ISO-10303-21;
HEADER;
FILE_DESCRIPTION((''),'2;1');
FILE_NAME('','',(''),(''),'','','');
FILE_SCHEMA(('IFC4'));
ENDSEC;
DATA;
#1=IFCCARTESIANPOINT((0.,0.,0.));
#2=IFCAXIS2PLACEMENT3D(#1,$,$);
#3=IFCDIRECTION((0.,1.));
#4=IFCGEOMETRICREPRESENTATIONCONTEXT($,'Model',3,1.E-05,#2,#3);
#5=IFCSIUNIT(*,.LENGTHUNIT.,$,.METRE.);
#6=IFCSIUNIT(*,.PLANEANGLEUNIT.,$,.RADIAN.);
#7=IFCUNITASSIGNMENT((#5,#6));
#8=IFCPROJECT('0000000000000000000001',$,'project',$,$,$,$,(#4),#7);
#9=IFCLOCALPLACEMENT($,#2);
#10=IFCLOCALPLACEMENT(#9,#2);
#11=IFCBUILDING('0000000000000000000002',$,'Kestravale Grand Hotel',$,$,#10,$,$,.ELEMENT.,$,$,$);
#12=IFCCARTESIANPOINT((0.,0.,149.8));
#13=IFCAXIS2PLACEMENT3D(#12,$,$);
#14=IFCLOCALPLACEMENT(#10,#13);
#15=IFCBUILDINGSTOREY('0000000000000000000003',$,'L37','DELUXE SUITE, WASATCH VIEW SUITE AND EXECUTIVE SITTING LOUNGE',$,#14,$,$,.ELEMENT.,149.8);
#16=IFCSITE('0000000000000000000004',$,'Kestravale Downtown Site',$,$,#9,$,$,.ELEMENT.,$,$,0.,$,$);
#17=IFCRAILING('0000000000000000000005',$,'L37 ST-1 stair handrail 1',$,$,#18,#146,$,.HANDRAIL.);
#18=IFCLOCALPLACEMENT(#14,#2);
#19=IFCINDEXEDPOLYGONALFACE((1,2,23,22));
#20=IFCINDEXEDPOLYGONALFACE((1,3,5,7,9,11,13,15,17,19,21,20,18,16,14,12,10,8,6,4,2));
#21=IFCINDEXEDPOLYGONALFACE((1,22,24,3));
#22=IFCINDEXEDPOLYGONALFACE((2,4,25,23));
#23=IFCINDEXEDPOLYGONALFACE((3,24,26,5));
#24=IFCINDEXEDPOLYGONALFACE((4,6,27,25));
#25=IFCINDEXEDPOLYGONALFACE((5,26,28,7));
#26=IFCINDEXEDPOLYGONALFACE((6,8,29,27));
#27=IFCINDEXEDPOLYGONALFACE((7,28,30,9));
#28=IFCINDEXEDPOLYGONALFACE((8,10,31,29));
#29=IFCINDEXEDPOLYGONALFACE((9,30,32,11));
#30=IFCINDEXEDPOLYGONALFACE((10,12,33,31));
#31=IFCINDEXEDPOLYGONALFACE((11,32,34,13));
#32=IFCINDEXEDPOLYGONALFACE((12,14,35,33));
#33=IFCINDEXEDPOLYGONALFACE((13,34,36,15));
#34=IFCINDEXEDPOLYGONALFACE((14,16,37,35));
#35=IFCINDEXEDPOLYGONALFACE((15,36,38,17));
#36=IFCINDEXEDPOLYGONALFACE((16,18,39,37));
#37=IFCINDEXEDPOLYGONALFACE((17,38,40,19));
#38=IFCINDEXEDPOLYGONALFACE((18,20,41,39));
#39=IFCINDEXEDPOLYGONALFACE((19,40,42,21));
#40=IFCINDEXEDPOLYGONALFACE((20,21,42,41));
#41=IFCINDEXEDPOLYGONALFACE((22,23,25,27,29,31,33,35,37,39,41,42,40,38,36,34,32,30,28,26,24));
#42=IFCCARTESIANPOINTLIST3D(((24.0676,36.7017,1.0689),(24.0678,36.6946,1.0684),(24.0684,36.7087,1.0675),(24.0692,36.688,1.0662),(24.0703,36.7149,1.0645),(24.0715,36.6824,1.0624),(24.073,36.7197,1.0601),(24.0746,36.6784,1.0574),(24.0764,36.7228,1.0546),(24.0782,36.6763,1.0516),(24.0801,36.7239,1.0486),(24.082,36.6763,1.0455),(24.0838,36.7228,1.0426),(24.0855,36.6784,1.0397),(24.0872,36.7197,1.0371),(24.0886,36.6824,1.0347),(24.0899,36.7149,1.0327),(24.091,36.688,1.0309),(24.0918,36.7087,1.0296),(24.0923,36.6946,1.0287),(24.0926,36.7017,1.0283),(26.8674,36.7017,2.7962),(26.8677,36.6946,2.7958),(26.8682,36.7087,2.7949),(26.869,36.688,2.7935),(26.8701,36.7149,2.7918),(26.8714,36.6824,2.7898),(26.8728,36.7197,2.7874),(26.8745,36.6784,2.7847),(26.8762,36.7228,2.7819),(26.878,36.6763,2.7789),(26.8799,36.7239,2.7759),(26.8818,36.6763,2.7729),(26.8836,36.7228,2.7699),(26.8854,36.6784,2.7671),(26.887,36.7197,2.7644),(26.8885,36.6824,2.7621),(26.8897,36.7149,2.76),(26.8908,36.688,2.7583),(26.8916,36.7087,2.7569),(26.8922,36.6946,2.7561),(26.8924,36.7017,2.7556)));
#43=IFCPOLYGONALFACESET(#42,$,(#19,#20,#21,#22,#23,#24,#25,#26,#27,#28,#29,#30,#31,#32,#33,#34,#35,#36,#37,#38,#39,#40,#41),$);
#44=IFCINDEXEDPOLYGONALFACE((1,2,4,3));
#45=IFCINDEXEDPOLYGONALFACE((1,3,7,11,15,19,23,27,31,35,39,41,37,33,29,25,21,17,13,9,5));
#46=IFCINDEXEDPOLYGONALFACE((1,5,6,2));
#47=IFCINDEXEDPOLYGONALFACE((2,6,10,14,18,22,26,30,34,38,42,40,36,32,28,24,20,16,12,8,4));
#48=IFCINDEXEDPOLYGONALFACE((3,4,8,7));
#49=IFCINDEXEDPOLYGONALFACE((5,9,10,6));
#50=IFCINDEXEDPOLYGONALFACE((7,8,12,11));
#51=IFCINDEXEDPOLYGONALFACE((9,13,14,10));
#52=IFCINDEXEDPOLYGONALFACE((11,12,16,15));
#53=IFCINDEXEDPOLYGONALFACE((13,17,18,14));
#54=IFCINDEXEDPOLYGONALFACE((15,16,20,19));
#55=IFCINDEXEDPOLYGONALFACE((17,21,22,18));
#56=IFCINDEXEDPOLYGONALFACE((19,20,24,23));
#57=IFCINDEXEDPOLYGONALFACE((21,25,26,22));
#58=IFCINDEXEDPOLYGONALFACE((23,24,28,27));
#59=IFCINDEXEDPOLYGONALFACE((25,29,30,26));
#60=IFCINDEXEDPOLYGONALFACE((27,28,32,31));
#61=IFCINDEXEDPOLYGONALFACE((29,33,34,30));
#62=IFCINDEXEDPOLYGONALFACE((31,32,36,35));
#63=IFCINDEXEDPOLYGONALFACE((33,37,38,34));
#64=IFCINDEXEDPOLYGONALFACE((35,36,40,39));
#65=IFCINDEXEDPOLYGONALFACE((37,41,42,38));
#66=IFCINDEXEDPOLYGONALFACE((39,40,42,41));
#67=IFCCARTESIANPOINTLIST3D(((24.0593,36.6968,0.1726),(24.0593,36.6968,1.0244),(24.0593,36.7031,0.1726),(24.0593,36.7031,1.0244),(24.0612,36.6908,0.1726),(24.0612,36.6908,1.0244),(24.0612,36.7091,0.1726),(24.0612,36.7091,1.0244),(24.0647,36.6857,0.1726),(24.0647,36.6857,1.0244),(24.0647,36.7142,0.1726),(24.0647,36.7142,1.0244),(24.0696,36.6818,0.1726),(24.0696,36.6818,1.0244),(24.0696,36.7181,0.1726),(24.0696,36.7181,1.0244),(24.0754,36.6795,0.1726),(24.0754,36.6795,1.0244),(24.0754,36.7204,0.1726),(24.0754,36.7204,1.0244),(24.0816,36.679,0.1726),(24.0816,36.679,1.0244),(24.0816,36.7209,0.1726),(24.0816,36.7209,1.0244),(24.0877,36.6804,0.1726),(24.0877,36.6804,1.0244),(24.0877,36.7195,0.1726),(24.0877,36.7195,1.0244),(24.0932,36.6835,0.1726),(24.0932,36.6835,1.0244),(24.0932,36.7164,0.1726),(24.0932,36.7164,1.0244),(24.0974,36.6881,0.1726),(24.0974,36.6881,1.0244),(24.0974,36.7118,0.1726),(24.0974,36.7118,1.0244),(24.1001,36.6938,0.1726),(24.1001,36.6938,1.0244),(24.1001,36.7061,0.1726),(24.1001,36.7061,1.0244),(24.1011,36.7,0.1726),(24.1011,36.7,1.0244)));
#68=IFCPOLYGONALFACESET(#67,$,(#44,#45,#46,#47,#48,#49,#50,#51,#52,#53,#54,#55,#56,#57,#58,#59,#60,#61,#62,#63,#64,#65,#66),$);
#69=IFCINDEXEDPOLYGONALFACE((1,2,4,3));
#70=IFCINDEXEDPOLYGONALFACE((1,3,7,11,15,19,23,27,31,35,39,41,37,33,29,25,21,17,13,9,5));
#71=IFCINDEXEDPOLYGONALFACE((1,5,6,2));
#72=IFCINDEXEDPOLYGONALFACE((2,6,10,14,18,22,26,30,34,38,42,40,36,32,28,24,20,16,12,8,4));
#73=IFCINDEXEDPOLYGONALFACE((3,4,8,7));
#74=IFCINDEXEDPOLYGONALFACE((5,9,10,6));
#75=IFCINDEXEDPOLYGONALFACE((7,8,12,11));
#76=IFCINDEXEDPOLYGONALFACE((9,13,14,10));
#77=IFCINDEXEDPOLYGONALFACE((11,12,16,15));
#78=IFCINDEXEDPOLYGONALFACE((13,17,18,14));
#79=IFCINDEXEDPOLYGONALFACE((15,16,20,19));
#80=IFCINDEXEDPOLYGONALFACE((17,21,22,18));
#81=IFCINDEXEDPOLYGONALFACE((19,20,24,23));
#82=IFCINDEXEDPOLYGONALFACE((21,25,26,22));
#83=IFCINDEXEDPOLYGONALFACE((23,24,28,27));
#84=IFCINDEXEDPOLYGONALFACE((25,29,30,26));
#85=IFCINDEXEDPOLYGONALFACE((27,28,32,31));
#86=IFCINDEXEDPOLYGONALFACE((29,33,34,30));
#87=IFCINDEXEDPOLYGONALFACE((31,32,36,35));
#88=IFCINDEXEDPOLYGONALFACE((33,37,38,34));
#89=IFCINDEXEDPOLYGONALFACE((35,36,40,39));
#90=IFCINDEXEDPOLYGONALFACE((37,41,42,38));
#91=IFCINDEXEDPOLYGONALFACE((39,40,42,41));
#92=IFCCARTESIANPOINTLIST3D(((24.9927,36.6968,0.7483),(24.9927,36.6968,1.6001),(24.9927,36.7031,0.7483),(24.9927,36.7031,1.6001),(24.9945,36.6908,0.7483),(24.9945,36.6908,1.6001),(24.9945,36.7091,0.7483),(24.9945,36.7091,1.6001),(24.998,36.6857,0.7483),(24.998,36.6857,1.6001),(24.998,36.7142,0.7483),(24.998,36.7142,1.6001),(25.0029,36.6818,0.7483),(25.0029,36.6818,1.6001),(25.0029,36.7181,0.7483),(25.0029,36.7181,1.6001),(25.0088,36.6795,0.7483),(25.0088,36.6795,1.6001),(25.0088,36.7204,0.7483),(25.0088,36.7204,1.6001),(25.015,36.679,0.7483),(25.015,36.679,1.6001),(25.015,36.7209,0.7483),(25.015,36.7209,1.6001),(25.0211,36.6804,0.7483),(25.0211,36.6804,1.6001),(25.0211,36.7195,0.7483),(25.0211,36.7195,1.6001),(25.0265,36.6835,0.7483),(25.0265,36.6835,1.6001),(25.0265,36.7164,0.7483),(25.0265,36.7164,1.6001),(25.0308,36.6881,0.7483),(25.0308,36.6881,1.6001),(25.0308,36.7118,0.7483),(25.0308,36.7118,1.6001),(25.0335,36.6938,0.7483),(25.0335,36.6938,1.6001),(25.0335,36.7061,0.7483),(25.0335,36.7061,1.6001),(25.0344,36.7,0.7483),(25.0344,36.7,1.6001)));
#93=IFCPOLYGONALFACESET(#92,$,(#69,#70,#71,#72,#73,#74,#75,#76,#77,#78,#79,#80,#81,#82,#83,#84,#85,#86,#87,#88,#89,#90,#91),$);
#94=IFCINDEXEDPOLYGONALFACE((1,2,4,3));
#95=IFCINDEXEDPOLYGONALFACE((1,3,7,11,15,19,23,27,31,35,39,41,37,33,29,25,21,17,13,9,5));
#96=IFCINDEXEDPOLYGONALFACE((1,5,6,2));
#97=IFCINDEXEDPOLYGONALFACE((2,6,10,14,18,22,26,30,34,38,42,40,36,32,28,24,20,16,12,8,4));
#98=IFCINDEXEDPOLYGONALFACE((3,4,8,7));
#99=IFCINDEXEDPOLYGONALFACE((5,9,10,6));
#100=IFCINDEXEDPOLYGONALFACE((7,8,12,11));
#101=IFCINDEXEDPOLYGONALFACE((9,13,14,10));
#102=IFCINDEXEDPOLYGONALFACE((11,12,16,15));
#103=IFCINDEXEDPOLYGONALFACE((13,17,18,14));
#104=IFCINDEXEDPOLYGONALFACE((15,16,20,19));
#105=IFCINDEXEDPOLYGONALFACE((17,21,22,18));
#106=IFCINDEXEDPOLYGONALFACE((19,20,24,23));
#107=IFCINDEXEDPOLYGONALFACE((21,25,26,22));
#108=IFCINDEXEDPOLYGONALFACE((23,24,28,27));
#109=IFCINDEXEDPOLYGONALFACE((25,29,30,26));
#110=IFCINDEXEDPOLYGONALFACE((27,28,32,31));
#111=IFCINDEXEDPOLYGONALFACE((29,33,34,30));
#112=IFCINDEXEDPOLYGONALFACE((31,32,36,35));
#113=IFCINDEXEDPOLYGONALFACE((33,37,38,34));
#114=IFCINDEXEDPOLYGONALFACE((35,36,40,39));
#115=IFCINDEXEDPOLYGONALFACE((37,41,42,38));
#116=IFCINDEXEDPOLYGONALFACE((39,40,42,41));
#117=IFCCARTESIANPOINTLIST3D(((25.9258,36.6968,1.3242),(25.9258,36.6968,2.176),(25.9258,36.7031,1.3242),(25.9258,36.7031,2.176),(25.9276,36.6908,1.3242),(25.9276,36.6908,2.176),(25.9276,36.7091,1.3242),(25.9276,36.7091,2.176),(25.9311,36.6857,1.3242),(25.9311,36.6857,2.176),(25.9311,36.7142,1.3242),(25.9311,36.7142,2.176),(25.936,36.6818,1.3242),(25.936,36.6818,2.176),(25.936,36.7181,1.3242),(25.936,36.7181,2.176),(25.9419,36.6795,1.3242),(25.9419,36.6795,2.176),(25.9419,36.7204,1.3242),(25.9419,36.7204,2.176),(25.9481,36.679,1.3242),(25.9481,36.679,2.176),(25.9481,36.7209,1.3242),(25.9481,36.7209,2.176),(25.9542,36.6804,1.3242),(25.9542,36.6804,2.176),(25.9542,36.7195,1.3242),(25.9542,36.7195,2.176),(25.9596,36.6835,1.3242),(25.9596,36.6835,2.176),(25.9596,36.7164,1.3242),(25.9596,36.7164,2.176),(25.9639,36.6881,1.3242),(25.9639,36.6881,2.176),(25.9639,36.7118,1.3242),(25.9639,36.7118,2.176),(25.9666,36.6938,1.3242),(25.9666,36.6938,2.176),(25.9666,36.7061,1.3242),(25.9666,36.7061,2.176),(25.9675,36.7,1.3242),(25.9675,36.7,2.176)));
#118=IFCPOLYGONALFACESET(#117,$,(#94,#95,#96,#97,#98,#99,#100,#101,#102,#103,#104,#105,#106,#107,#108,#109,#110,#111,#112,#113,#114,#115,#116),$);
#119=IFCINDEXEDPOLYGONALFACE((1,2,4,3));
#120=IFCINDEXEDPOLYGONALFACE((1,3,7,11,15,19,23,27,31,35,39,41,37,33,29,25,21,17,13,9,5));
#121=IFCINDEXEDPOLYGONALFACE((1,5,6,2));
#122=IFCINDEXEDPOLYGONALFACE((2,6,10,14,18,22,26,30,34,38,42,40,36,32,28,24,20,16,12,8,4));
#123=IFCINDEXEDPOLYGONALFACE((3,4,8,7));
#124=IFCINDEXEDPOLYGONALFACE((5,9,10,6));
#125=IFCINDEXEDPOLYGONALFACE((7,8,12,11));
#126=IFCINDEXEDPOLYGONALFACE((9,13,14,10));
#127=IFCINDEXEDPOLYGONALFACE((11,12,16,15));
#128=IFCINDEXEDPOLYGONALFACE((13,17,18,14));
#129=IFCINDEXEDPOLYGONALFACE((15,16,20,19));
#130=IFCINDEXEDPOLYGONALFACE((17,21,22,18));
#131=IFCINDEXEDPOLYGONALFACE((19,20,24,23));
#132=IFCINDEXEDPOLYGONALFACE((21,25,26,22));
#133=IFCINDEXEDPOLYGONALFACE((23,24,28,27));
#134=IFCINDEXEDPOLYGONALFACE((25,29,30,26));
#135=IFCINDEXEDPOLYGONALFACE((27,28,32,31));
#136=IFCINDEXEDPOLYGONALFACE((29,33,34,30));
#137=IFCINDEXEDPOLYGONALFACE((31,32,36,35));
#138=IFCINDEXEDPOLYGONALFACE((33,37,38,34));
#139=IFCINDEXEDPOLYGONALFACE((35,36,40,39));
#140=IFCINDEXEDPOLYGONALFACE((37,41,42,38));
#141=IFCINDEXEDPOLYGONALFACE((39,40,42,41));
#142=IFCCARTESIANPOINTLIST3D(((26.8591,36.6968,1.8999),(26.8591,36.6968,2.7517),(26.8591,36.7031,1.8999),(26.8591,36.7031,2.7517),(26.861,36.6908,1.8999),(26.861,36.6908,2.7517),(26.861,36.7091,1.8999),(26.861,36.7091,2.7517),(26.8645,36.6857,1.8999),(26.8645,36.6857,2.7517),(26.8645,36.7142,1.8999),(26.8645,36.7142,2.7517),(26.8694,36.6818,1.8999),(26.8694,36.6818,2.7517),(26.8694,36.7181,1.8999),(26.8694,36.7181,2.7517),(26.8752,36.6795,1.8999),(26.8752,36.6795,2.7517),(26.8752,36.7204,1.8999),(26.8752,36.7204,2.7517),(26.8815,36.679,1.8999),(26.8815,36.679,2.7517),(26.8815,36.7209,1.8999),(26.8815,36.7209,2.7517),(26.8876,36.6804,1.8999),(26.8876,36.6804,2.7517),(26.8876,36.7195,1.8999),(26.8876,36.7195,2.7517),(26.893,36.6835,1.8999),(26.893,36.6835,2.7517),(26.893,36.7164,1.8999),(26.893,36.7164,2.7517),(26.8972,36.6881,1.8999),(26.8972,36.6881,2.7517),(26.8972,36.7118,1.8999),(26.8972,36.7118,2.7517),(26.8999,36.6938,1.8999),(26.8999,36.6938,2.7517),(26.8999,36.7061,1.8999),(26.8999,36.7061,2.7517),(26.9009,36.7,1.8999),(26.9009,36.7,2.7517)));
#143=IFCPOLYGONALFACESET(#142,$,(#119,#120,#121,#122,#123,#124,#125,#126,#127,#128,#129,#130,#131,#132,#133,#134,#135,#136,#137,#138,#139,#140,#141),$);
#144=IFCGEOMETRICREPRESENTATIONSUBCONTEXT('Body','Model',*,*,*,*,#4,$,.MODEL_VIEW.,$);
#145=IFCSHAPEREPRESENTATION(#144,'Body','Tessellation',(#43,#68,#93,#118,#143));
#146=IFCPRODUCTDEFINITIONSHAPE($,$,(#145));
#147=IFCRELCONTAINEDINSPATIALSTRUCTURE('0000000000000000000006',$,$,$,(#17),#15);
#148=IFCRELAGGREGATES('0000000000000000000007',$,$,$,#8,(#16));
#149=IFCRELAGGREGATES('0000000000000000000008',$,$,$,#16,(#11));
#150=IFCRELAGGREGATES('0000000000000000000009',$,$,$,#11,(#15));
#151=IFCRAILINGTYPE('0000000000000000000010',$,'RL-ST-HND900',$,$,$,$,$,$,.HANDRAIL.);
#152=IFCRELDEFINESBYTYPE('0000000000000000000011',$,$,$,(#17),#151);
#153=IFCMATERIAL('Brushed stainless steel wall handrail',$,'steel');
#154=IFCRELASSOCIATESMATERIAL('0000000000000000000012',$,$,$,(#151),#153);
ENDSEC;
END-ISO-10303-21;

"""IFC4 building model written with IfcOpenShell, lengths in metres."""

from ifc_helpers import new_model, si_unit, direction, frame, origin, origin_2d, place, context, subcontext, project, spatial, circle, extrude, material, type_object, element, save


model = new_model("IFC4")

# Units and contexts
model_context = context("Model", 3, precision=1e-05, world=origin(), true_north=direction((0.0, 1.0)))
body_context = subcontext(model_context, "Body", "Model", "MODEL_VIEW")
ifc_project = project(units=[si_unit("LENGTHUNIT", "METRE"), si_unit("PLANEANGLEUNIT", "RADIAN")], contexts=[model_context])

# Site, building, storey
site_placement = place(None, origin())
site = spatial("IfcSite", under=ifc_project, at=site_placement, Name="Kestravale Downtown Site", CompositionType="ELEMENT", RefElevation=0.0)
building_placement = place(site_placement, origin())
building = spatial("IfcBuilding", under=site, at=building_placement, Name="Kestravale Grand Hotel", CompositionType="ELEMENT")
storey_placement = place(building_placement, frame((0.0, 0.0, 149.8)))
storey = spatial("IfcBuildingStorey", under=building, at=storey_placement, Name="L37", Description="DELUXE SUITE, WASATCH VIEW SUITE AND EXECUTIVE SITTING LOUNGE", CompositionType="ELEMENT", Elevation=149.8)

# Railing
ifc_material_1 = material(Name="Brushed stainless steel wall handrail", Category="steel")
railing_type_1 = type_object("IfcRailingType", Name="RL-ST-HND900", PredefinedType="HANDRAIL", material=ifc_material_1)
railing_1_placement = place(storey_placement, frame((24.0801, 36.7, 0.1726)))
element("IfcRailing", 1, at=railing_1_placement, inside=storey, type_object=railing_type_1, Name="L37 ST-1 stair handrail 1", PredefinedType="HANDRAIL", context=body_context, shape_type="SweptSolid", body=[
    extrude(circle(Radius=0.0239, at=origin_2d()), frame((0.0, 0.0, 0.876), z_axis=(0.851069, 0.0, 0.525054), x_axis=(0.0, 1.0, 0.0)), (0.0, 0.0, 1.0), 3.2898),
    extrude(circle(Radius=0.021, at=origin_2d()), origin(), (0.0, 0.0, 1.0), 0.8518),
    extrude(circle(Radius=0.021, at=origin_2d()), frame((0.9333, 0.0, 0.5757)), (0.0, 0.0, 1.0), 0.8518),
    extrude(circle(Radius=0.021, at=origin_2d()), frame((1.8665, 0.0, 1.1516)), (0.0, 0.0, 1.0), 0.8518),
    extrude(circle(Radius=0.021, at=origin_2d()), frame((2.7998, 0.0, 1.7273)), (0.0, 0.0, 1.0), 0.8518),
])

save(model, "model.ifc")
